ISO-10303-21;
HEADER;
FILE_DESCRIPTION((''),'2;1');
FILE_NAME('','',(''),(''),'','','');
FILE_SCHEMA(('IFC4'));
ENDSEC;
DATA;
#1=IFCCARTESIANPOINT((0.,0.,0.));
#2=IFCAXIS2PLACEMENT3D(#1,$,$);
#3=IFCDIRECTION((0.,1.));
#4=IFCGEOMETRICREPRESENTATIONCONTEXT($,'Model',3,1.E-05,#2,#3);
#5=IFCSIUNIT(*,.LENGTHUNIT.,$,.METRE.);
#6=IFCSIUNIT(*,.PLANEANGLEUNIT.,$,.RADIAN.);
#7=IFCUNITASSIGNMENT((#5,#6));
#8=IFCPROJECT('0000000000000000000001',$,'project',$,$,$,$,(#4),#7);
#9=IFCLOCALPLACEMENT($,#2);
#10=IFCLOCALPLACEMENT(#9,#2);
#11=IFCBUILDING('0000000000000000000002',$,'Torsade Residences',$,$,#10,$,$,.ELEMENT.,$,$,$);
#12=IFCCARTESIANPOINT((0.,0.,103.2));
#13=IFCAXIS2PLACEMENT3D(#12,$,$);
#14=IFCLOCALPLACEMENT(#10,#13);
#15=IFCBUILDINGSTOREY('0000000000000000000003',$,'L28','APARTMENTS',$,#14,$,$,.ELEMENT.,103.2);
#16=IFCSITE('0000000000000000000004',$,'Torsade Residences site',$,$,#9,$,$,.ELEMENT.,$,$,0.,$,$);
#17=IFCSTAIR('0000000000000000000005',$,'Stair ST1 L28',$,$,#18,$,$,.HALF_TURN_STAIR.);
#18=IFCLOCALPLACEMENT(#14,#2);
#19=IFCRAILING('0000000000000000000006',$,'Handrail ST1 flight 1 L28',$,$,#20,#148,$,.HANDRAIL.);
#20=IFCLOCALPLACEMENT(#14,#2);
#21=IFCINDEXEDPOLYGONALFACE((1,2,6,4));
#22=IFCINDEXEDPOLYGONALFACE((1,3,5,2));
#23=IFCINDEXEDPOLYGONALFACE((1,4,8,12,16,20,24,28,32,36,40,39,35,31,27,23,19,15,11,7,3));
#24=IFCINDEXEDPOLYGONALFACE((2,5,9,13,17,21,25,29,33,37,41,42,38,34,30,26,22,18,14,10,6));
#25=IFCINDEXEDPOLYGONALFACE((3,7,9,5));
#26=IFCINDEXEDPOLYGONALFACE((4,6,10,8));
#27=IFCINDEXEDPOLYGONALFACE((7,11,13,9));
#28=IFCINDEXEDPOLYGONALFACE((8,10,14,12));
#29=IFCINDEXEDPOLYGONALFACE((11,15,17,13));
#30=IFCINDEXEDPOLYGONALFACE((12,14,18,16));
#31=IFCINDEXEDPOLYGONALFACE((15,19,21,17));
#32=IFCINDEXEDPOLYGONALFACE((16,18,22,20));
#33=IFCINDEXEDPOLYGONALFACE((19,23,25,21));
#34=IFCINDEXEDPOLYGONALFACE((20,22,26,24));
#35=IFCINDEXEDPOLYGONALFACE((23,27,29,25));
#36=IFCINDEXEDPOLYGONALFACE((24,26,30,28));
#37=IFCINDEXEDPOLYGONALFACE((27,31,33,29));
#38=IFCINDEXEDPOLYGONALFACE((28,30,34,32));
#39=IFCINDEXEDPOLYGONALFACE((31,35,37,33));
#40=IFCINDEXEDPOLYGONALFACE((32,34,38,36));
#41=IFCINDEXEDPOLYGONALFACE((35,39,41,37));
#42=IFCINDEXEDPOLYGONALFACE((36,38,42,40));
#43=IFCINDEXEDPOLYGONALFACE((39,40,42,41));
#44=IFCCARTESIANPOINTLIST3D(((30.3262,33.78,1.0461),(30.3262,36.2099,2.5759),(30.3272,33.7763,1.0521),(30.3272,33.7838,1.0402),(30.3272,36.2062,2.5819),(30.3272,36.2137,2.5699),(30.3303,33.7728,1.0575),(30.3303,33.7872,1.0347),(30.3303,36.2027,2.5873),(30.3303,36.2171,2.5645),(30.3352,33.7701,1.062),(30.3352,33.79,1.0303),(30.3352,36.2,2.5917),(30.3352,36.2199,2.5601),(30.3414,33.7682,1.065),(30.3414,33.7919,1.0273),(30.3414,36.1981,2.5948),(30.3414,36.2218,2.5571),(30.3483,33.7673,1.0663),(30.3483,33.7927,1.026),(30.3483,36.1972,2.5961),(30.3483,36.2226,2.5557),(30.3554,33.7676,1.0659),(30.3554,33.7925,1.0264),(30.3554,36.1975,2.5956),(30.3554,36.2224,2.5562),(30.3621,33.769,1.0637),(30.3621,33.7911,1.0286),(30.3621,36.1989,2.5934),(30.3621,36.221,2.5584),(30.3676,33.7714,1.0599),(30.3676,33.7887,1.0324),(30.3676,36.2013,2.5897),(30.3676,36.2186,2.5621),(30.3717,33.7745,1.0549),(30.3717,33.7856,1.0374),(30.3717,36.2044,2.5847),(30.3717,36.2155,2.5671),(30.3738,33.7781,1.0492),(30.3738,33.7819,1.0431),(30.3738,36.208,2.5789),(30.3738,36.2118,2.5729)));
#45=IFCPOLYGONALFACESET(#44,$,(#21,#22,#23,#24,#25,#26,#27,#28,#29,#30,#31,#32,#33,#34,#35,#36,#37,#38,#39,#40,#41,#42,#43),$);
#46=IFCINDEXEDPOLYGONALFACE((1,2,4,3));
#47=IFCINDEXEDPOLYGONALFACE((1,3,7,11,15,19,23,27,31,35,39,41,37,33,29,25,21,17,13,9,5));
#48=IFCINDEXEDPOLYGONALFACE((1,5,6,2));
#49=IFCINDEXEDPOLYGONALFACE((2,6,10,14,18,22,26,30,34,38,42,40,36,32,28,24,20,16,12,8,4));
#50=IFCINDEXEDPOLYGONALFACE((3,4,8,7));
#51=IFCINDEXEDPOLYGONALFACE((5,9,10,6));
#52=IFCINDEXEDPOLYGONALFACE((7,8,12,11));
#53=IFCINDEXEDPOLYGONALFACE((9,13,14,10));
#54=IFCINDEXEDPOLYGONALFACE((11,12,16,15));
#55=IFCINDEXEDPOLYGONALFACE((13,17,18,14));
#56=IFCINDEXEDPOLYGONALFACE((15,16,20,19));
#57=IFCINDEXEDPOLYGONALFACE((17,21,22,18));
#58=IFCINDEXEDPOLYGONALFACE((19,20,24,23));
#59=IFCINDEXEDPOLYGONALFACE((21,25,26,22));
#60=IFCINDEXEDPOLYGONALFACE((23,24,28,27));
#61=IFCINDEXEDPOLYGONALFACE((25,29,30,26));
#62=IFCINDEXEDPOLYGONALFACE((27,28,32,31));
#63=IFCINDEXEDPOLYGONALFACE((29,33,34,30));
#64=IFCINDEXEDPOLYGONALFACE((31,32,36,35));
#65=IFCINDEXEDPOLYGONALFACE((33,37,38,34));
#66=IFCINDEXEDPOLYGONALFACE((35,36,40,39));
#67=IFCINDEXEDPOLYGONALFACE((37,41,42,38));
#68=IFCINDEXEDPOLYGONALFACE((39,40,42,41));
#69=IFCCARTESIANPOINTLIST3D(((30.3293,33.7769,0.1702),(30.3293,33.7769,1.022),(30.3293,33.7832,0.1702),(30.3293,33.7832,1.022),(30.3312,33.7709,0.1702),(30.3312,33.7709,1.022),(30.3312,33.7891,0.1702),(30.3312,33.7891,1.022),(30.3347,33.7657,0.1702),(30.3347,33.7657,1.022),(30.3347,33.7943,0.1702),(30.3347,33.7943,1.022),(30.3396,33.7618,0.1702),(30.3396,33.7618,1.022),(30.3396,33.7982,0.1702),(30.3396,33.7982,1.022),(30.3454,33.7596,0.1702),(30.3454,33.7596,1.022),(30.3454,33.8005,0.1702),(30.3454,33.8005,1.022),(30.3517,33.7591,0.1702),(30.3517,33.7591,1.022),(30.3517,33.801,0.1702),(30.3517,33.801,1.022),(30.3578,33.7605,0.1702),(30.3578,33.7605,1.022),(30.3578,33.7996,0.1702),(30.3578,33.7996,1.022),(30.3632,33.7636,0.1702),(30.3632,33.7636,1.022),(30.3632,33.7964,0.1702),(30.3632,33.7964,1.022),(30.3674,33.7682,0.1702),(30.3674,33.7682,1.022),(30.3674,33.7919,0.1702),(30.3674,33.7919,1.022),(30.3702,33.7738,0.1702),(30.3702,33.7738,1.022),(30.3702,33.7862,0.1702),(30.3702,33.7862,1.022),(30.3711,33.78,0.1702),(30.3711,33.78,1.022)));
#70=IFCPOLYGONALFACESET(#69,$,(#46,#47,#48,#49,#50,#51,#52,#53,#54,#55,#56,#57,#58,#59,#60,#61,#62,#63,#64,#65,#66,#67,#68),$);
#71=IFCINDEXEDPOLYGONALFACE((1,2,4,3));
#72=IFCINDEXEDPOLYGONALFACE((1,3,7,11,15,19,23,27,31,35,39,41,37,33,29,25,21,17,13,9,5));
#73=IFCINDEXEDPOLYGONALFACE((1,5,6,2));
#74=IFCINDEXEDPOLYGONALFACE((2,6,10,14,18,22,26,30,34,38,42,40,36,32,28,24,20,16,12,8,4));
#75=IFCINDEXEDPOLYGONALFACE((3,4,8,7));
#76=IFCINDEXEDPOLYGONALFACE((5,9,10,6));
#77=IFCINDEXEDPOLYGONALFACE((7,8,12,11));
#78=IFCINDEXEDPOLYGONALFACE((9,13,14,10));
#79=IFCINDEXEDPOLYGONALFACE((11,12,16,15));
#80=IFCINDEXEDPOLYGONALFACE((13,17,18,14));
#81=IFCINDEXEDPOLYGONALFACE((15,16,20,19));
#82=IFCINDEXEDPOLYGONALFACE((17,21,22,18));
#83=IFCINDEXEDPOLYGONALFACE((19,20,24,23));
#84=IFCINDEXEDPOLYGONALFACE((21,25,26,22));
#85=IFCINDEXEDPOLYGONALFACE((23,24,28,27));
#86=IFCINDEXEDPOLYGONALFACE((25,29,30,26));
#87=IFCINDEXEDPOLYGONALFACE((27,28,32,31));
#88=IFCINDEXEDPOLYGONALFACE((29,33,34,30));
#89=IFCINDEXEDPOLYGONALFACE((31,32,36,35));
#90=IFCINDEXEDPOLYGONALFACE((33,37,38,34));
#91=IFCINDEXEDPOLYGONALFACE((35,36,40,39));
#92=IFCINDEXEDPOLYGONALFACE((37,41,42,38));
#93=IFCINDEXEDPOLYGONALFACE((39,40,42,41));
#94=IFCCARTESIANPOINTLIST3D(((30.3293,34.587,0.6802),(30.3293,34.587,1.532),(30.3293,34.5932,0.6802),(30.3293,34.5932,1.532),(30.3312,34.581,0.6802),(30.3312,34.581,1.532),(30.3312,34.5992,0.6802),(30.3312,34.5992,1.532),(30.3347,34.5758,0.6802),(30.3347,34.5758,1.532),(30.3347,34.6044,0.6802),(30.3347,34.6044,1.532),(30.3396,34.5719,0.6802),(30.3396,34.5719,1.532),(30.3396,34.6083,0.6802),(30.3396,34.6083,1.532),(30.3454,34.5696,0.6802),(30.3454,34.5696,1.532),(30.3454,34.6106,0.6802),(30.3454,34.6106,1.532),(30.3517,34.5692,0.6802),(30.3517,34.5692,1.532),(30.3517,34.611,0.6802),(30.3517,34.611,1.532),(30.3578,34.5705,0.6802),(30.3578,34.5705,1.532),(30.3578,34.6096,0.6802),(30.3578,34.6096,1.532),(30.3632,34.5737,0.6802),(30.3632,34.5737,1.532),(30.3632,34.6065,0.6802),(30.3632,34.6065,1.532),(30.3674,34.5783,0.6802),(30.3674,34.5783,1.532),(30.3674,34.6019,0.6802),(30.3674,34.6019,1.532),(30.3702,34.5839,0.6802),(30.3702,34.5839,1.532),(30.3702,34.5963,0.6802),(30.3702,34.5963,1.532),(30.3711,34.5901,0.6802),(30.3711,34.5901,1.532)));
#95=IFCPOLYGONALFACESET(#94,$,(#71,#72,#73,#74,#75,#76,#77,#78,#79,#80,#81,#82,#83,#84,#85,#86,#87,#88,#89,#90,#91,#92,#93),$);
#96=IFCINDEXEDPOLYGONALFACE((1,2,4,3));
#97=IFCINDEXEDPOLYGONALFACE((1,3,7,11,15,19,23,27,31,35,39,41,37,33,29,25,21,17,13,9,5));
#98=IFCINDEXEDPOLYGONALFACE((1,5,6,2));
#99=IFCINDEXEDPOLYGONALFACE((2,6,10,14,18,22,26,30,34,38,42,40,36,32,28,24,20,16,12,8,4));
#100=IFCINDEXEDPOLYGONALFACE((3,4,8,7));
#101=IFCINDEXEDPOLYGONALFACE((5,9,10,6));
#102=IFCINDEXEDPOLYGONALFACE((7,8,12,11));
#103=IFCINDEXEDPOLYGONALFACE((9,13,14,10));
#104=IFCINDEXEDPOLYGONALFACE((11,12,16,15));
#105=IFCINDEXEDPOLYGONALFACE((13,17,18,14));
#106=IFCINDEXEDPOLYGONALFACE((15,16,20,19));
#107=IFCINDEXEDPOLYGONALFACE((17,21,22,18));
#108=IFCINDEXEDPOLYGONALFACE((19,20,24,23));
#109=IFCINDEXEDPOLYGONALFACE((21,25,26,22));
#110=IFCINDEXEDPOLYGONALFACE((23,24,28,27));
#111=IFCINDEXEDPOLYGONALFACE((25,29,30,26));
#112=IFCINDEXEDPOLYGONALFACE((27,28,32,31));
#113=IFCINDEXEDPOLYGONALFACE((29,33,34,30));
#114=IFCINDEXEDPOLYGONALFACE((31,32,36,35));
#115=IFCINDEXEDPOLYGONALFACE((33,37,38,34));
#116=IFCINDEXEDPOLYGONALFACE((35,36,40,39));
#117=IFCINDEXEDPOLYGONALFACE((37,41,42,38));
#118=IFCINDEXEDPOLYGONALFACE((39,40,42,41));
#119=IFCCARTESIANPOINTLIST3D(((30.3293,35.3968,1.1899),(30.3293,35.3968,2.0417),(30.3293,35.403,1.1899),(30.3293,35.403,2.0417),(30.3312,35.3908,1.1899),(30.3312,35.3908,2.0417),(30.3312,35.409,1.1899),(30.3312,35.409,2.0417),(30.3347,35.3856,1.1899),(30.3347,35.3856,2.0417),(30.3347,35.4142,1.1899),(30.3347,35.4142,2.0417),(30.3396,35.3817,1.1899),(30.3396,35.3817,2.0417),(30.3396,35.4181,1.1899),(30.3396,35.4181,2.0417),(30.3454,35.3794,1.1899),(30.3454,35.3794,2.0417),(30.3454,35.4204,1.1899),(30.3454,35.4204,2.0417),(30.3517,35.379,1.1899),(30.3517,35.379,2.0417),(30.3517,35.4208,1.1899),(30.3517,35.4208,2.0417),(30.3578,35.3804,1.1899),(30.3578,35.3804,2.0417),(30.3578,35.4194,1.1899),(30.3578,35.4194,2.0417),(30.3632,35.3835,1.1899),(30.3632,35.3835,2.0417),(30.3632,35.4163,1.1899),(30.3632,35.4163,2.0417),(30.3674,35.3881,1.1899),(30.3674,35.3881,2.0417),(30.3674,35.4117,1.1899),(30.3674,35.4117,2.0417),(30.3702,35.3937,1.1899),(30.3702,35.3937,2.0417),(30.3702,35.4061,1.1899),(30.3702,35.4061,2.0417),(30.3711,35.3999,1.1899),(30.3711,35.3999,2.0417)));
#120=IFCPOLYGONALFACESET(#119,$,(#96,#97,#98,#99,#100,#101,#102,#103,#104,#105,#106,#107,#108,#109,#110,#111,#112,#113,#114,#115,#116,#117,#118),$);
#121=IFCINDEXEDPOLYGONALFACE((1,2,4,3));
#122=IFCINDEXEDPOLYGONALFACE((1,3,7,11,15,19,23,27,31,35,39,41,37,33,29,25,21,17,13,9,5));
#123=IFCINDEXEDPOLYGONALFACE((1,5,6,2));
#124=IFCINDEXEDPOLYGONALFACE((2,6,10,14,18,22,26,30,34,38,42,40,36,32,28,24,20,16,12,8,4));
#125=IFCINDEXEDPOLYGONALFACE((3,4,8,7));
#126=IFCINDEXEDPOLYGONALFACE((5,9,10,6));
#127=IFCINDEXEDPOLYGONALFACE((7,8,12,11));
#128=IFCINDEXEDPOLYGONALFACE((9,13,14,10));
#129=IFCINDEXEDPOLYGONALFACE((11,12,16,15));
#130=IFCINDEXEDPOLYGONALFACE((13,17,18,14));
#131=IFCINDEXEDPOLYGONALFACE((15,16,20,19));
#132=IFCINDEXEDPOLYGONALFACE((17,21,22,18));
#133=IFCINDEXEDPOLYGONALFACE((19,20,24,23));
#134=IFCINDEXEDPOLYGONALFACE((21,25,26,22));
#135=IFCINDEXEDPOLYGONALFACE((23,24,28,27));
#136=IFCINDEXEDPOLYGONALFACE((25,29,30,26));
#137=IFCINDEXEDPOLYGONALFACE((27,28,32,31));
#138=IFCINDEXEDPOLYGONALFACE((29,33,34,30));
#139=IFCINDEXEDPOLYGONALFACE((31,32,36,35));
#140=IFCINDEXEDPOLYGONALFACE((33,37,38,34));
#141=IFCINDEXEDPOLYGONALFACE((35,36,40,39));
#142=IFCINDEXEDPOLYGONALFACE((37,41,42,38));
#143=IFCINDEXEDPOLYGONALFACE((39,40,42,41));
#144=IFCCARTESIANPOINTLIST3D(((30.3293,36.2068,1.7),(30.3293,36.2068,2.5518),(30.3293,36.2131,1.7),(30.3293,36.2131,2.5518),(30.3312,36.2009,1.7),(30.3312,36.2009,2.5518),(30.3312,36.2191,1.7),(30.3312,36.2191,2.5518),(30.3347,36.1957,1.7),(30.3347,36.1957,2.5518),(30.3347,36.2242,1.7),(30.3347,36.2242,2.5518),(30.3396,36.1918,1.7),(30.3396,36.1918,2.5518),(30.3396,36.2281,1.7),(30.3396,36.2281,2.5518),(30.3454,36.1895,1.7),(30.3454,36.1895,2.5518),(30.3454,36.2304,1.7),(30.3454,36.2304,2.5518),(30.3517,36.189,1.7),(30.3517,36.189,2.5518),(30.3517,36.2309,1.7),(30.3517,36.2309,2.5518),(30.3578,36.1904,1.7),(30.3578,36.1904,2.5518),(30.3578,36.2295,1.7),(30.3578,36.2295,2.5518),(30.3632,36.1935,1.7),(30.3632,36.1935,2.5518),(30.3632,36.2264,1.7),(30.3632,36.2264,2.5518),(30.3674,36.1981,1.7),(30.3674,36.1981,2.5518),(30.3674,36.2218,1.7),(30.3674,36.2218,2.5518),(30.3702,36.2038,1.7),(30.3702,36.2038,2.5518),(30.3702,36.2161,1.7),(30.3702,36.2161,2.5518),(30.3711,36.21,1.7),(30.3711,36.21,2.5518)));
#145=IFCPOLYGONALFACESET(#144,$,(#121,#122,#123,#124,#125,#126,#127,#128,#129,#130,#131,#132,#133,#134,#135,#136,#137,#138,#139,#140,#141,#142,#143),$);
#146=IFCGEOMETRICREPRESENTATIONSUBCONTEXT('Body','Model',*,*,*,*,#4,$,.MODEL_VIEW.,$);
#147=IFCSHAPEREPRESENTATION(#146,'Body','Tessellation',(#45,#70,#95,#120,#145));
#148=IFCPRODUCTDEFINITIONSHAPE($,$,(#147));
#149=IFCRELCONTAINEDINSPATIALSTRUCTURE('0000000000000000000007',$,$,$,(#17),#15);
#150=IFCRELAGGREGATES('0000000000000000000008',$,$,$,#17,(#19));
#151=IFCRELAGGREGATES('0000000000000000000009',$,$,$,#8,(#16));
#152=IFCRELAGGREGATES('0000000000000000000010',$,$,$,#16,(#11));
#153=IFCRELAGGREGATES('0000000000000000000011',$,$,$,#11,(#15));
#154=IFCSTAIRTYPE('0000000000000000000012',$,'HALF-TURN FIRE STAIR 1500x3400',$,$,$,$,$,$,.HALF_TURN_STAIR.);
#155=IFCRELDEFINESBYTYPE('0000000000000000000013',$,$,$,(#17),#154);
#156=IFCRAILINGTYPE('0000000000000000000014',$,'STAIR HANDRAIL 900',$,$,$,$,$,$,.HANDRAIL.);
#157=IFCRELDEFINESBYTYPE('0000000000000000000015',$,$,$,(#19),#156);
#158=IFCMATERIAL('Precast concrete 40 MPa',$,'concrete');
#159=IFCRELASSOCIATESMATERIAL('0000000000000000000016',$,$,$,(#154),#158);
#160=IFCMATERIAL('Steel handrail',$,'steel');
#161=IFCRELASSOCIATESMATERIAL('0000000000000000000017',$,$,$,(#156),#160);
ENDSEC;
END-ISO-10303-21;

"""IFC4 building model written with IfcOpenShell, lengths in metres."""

from ifc_helpers import new_model, si_unit, direction, frame, origin, origin_2d, place, context, subcontext, project, spatial, circle, extrude, material, type_object, element, aggregate, save


model = new_model("IFC4")

# Units and contexts
model_context = context("Model", 3, precision=1e-05, world=origin(), true_north=direction((0.0, 1.0)))
body_context = subcontext(model_context, "Body", "Model", "MODEL_VIEW")
ifc_project = project(units=[si_unit("LENGTHUNIT", "METRE"), si_unit("PLANEANGLEUNIT", "RADIAN")], contexts=[model_context])

# Site, building, storey
site_placement = place(None, origin())
site = spatial("IfcSite", under=ifc_project, at=site_placement, Name="Torsade Residences site", CompositionType="ELEMENT", RefElevation=0.0)
building_placement = place(site_placement, origin())
building = spatial("IfcBuilding", under=site, at=building_placement, Name="Torsade Residences", CompositionType="ELEMENT")
storey_placement = place(building_placement, frame((0.0, 0.0, 103.2)))
storey = spatial("IfcBuildingStorey", under=building, at=storey_placement, Name="L28", Description="APARTMENTS", CompositionType="ELEMENT", Elevation=103.2)

# Stair, railing
ifc_material_1 = material(Name="Precast concrete 40 MPa", Category="concrete")
stair_type = type_object("IfcStairType", Name="HALF-TURN FIRE STAIR 1500x3400", PredefinedType="HALF_TURN_STAIR", material=ifc_material_1)
stair_placement = place(storey_placement, origin())
stair = element("IfcStair", 1, at=stair_placement, inside=storey, type_object=stair_type, Name="Stair ST1 L28", PredefinedType="HALF_TURN_STAIR")
ifc_material_2 = material(Name="Steel handrail", Category="steel")
railing_type = type_object("IfcRailingType", Name="STAIR HANDRAIL 900", PredefinedType="HANDRAIL", material=ifc_material_2)
railing_1_placement = place(storey_placement, frame((30.3501, 33.78, 0.1702)))
railing_1 = element("IfcRailing", 2, at=railing_1_placement, type_object=railing_type, Name="Handrail ST1 flight 1 L28", PredefinedType="HANDRAIL", context=body_context, shape_type="SweptSolid", body=[
    extrude(circle(Radius=0.0239, at=origin_2d()), frame((0.0, 0.0, 0.876), z_axis=(0.0, 0.84626, 0.53277), x_axis=(-1.0, 0.0, 0.0)), (0.0, 0.0, 1.0), 2.8713),
    extrude(circle(Radius=0.021, at=origin_2d()), origin(), (0.0, 0.0, 1.0), 0.8518),
    extrude(circle(Radius=0.021, at=origin_2d()), frame((0.0, 0.8101, 0.51)), (0.0, 0.0, 1.0), 0.8518),
    extrude(circle(Radius=0.021, at=origin_2d()), frame((0.0, 1.6199, 1.0198)), (0.0, 0.0, 1.0), 0.8518),
    extrude(circle(Radius=0.021, at=origin_2d()), frame((0.0, 2.4299, 1.5298)), (0.0, 0.0, 1.0), 0.8518),
])
aggregate(stair, [railing_1])

save(model, "model.ifc")
